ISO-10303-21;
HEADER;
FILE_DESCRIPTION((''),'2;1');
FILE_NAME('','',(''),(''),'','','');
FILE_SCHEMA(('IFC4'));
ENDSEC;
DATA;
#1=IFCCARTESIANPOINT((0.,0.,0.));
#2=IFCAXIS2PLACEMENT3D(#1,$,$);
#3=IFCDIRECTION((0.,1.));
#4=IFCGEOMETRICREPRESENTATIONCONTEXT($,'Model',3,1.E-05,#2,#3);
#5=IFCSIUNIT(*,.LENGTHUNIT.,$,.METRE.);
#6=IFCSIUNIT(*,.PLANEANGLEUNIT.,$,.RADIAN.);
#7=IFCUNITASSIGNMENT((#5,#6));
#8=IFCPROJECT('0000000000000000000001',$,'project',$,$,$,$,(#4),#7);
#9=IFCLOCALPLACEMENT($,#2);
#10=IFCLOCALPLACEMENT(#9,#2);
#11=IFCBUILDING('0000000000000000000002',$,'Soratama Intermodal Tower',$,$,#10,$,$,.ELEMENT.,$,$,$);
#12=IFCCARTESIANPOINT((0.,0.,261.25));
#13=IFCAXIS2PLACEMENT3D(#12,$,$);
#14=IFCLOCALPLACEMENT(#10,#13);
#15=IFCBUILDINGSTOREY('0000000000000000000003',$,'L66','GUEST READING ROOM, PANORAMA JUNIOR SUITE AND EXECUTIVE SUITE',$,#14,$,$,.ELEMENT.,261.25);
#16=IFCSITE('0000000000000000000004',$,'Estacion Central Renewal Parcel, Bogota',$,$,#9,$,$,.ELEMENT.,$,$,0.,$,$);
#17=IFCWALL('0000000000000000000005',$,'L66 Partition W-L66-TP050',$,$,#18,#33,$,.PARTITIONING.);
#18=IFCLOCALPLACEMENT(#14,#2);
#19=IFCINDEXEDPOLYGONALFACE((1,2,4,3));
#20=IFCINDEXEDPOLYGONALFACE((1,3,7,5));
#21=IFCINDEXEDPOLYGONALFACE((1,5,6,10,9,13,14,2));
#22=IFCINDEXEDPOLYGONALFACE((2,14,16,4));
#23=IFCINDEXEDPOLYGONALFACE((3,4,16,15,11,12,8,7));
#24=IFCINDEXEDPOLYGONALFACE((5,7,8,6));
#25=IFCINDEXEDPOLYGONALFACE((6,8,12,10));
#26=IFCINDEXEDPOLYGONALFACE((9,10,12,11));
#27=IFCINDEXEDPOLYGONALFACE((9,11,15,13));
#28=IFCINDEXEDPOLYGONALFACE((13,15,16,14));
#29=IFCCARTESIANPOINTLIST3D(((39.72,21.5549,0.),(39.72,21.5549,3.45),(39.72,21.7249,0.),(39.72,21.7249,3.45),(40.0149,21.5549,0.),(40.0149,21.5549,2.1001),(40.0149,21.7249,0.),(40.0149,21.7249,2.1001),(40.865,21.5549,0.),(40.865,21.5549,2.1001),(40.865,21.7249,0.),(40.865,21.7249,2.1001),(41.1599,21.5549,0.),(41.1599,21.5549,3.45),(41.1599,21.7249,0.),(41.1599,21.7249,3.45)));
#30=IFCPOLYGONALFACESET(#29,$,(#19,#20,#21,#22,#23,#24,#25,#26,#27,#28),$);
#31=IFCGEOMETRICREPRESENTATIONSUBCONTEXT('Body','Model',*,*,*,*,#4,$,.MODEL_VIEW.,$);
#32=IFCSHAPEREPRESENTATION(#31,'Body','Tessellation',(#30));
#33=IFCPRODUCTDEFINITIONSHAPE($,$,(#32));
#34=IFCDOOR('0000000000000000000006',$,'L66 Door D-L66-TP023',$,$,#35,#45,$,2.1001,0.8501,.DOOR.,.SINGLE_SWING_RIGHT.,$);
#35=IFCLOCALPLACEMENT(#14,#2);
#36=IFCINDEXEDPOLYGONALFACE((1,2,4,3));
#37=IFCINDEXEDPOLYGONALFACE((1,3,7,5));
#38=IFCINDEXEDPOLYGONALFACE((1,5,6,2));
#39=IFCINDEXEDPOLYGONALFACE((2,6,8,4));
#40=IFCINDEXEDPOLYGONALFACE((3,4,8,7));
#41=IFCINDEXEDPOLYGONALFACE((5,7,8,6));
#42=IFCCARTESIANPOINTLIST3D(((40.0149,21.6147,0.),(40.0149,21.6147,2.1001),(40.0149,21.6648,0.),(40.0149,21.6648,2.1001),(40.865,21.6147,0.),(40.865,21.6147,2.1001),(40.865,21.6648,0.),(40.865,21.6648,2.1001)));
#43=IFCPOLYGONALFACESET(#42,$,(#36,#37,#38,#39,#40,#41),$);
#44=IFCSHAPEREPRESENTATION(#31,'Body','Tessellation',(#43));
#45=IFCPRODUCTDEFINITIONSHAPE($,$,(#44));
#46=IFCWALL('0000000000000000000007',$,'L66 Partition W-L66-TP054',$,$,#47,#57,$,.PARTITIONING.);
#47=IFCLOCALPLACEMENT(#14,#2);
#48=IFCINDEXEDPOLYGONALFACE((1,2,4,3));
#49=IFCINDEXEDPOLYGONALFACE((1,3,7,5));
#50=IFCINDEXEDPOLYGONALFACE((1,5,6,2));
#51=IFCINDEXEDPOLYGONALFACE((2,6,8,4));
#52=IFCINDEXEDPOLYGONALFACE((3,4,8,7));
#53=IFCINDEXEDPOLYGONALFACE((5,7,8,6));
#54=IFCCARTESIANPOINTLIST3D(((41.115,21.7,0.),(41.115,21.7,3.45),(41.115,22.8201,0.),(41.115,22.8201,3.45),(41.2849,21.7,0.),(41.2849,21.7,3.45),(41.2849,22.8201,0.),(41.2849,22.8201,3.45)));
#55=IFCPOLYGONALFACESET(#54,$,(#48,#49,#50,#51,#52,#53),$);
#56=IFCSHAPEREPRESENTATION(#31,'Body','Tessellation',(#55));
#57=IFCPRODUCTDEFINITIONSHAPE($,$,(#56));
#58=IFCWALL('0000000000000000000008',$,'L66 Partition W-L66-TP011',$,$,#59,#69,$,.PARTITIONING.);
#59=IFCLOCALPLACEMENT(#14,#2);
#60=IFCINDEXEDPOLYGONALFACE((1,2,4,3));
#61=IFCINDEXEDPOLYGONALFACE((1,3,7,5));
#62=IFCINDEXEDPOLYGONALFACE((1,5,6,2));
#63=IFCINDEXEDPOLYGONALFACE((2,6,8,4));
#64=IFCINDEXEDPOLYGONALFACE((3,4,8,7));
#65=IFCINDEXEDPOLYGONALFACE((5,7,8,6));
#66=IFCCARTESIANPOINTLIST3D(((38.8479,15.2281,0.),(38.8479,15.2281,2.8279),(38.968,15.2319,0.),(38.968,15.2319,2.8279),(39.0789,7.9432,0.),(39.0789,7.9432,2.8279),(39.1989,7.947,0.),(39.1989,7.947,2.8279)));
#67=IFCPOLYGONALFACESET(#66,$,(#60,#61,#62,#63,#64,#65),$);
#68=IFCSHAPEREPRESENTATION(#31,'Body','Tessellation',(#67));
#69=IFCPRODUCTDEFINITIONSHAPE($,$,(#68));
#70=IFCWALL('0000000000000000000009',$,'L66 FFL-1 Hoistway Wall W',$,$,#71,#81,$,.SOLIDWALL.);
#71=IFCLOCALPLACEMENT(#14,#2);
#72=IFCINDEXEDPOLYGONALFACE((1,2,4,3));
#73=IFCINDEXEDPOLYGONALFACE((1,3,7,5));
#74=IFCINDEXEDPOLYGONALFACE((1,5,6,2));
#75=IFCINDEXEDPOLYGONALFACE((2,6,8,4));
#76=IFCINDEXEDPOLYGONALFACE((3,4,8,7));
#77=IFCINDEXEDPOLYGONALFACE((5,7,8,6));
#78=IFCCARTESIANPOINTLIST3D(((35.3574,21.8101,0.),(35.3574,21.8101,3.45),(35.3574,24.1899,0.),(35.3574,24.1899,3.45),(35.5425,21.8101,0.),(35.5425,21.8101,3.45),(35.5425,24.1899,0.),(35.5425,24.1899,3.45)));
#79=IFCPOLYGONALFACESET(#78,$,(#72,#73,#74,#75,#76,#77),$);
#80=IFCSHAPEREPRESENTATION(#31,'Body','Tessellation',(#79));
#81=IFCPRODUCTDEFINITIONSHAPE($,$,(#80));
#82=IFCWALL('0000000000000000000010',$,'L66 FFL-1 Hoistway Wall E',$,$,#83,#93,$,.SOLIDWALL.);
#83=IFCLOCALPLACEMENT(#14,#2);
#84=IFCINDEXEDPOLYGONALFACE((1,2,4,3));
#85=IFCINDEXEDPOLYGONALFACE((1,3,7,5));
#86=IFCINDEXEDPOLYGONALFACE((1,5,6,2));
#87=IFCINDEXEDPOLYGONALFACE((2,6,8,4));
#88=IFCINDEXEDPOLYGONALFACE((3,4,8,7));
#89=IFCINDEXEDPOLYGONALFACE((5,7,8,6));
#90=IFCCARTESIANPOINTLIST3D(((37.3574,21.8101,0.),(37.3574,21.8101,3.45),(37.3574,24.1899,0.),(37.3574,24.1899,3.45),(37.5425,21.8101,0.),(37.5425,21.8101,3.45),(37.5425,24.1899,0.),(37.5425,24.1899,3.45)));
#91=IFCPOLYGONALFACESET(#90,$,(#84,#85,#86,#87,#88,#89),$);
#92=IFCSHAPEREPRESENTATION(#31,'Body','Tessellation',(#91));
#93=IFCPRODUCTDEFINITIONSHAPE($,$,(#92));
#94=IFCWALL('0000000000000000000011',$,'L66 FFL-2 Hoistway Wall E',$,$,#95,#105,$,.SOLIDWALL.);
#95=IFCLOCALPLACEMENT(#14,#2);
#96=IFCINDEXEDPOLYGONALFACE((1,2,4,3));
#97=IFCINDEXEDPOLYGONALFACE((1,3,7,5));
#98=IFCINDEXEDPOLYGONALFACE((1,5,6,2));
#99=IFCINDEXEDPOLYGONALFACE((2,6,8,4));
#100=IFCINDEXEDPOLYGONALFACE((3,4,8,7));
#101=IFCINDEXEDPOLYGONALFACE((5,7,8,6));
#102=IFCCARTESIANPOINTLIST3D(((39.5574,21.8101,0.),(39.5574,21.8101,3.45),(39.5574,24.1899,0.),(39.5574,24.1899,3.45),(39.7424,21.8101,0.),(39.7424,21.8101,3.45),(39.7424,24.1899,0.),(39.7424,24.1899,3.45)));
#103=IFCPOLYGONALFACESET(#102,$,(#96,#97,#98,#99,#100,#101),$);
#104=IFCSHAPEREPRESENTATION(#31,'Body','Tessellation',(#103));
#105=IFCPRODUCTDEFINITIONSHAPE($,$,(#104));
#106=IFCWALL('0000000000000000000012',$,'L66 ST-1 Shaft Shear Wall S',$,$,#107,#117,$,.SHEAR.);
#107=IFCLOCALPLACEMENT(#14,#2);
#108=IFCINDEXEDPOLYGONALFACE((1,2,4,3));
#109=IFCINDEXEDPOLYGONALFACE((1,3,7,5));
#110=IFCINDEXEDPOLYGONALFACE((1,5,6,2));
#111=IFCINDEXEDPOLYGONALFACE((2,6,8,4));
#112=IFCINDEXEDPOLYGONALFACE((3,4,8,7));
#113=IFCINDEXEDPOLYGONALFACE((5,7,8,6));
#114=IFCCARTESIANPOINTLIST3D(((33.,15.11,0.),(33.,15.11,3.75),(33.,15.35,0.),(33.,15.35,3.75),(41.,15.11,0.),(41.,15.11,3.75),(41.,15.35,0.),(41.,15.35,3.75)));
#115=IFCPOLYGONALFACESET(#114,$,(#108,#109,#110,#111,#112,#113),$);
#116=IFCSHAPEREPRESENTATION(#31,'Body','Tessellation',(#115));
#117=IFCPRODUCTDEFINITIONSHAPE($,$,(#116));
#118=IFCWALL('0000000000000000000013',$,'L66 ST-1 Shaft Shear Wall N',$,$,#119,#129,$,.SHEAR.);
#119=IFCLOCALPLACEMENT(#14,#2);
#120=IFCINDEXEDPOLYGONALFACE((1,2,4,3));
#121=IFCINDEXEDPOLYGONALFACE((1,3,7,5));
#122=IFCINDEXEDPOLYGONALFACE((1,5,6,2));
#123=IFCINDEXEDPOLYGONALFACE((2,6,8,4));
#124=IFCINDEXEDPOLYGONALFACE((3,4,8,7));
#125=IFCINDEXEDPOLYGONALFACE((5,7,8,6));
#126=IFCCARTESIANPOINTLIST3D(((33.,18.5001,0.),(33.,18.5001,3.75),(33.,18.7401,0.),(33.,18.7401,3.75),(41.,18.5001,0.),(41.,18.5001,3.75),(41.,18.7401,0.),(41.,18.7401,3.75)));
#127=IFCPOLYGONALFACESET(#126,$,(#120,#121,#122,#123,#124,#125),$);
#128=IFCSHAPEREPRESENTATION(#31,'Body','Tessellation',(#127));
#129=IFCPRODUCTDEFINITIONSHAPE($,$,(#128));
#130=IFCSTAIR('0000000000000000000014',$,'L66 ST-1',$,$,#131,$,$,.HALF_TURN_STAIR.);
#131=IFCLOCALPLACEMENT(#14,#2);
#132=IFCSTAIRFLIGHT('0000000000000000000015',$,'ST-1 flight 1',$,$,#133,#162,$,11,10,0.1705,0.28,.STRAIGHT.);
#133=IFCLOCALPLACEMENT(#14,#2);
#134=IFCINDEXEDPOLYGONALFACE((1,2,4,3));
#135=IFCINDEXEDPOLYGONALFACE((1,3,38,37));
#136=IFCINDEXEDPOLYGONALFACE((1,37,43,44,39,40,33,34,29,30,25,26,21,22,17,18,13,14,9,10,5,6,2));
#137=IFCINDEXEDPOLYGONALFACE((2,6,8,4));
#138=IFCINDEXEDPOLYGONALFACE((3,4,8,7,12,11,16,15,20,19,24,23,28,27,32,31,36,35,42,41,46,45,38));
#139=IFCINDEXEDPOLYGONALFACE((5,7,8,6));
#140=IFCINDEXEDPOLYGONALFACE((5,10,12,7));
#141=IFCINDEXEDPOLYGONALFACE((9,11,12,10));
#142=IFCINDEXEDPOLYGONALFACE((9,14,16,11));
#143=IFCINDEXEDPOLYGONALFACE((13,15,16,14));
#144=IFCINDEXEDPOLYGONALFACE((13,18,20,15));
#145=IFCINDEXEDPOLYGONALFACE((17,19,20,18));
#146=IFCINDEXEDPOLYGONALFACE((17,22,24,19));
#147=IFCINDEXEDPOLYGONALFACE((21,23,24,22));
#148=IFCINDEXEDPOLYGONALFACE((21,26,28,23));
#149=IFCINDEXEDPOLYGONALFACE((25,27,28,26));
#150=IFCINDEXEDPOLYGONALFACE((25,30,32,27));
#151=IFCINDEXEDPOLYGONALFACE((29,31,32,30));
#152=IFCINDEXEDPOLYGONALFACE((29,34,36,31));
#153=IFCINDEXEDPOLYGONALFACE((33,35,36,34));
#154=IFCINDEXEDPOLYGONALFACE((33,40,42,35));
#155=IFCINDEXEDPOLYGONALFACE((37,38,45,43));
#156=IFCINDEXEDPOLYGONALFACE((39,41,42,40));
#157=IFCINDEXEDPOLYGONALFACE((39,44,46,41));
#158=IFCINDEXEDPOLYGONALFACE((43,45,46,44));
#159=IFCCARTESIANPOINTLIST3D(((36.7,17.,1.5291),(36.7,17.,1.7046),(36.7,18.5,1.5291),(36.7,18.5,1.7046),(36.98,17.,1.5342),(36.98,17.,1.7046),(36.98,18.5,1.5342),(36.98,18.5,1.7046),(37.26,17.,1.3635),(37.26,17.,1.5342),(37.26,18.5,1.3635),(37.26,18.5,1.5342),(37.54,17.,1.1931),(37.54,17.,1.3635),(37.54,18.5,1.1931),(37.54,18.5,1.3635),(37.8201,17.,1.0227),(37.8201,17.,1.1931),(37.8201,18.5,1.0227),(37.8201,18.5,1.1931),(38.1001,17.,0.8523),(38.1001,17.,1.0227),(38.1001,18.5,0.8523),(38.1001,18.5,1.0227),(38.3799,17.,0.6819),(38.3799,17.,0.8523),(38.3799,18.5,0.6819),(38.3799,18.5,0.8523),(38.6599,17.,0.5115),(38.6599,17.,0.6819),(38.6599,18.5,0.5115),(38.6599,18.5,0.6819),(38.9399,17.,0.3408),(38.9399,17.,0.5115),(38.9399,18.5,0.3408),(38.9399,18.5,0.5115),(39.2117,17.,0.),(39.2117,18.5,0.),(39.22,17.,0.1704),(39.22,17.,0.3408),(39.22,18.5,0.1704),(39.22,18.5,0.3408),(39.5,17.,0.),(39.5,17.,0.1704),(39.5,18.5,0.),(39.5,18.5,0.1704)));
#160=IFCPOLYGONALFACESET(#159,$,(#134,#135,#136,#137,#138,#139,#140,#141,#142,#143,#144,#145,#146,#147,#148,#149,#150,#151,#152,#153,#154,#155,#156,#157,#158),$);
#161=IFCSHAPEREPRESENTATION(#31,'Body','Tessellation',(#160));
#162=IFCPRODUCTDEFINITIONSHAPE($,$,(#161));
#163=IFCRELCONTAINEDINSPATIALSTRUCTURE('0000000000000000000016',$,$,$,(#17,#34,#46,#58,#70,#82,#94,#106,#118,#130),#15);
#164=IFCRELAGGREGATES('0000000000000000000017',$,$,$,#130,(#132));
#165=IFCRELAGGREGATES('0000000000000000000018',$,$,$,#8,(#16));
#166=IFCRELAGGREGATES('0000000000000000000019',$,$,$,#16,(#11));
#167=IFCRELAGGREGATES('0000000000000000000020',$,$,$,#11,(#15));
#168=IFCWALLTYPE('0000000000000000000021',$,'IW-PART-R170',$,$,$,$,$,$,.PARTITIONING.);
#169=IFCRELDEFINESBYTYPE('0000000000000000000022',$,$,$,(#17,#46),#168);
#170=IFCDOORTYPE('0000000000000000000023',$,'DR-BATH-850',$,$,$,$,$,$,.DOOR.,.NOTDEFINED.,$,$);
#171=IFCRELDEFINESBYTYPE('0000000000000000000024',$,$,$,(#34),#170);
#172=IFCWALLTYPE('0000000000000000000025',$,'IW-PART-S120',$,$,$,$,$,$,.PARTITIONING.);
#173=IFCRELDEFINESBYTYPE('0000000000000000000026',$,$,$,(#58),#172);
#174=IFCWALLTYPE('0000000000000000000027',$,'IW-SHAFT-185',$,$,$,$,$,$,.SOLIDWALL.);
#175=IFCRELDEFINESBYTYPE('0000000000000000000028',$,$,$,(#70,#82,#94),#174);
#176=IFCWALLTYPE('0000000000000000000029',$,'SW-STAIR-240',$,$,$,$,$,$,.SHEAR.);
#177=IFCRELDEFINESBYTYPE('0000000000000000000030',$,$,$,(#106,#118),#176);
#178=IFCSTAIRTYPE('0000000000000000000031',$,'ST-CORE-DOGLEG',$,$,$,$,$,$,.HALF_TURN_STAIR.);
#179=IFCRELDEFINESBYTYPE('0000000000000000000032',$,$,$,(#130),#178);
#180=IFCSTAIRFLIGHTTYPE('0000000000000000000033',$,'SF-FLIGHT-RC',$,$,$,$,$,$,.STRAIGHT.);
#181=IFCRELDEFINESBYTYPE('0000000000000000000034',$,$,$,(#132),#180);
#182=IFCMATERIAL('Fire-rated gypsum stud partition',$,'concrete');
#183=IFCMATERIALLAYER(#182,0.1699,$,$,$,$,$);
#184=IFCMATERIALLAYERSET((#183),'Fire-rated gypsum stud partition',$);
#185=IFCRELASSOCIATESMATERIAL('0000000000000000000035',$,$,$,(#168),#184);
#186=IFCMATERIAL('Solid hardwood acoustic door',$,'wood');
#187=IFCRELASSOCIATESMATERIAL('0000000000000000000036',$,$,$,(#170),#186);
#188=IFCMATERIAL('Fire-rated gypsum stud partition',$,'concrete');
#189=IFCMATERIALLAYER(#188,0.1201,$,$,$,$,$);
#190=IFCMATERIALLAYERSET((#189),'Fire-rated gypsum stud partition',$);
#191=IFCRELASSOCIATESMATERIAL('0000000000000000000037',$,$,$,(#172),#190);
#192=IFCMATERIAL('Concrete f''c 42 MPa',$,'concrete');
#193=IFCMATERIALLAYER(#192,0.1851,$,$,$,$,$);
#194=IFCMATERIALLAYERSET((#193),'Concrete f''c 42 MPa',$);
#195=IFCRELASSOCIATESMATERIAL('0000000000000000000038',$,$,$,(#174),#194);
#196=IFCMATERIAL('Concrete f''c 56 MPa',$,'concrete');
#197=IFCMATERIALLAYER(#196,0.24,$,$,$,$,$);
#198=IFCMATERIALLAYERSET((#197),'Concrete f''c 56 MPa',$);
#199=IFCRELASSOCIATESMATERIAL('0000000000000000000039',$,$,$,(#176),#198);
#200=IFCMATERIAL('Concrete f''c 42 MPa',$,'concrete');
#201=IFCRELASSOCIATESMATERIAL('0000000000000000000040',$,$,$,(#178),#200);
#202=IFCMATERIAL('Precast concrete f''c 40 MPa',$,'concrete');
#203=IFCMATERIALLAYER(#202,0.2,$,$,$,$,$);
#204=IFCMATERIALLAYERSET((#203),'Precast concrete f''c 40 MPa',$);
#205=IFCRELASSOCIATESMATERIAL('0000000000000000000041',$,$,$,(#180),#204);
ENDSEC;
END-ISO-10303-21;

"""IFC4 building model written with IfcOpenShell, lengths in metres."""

from ifc_helpers import new_model, si_unit, direction, frame, frame_2d, origin, place, context, subcontext, project, spatial, polyline, rectangle, outline, extrude, material, layer, layer_set, type_object, element, fill, aggregate, save


model = new_model("IFC4")

# Units and contexts
model_context = context("Model", 3, precision=1e-05, world=origin(), true_north=direction((0.0, 1.0)))
body_context = subcontext(model_context, "Body", "Model", "MODEL_VIEW")
ifc_project = project(units=[si_unit("LENGTHUNIT", "METRE"), si_unit("PLANEANGLEUNIT", "RADIAN")], contexts=[model_context])

# Site, building, storey
site_placement = place(None, origin())
site = spatial("IfcSite", under=ifc_project, at=site_placement, Name="Estacion Central Renewal Parcel, Bogota", CompositionType="ELEMENT", RefElevation=0.0)
building_placement = place(site_placement, origin())
building = spatial("IfcBuilding", under=site, at=building_placement, Name="Soratama Intermodal Tower", CompositionType="ELEMENT")
storey_placement = place(building_placement, frame((0.0, 0.0, 261.25)))
storey = spatial("IfcBuildingStorey", under=building, at=storey_placement, Name="L66", Description="GUEST READING ROOM, PANORAMA JUNIOR SUITE AND EXECUTIVE SUITE", CompositionType="ELEMENT", Elevation=261.25)

# Wall, opening, door
ifc_material_1 = material(Name="Fire-rated gypsum stud partition", Category="concrete")
ifc_layer_1 = layer(ifc_material_1, 0.1699)
ifc_layer_set_1 = layer_set([ifc_layer_1], Name="Fire-rated gypsum stud partition")
wall_type_1 = type_object("IfcWallType", Name="IW-PART-R170", PredefinedType="PARTITIONING", material=ifc_layer_set_1)
wall_1_placement = place(storey_placement, frame((39.72, 21.6399, 0.0), z_axis=(0.0, 0.0, 1.0), x_axis=(1.0, 0.0, 0.0)))
wall_1 = element("IfcWall", 1, at=wall_1_placement, inside=storey, type_object=wall_type_1, Name="L66 Partition W-L66-TP050", PredefinedType="PARTITIONING", context=body_context, shape_type="SweptSolid", body=[
    extrude(rectangle(XDim=1.4399, YDim=0.1699, at=frame_2d((0.72, 0.0))), origin(), (0.0, 0.0, 1.0), 3.45),
])
opening_1_placement = place(wall_1_placement, frame((0.2949, 0.0, 0.0)))
opening_1 = element("IfcOpeningElement", 2, at=opening_1_placement, cuts=wall_1, PredefinedType="OPENING", context=body_context, shape_type="SweptSolid", body=[
    extrude(rectangle(XDim=0.8501, YDim=2.1001, at=frame_2d((0.425, 1.05))), frame((0.0, 0.095, 0.0), z_axis=(0.0, -1.0, 0.0), x_axis=(1.0, 0.0, 0.0)), (0.0, 0.0, 1.0), 0.1899),
])
ifc_material_2 = material(Name="Solid hardwood acoustic door", Category="wood")
door_type_1 = type_object("IfcDoorType", Name="DR-BATH-850", OperationType="NOTDEFINED", PredefinedType="DOOR", material=ifc_material_2)
door_1_placement = place(opening_1_placement, origin())
door_1 = element("IfcDoor", 3, at=door_1_placement, inside=storey, type_object=door_type_1, Name="L66 Door D-L66-TP023", OperationType="SINGLE_SWING_RIGHT", OverallHeight=2.1001, OverallWidth=0.8501, PredefinedType="DOOR", context=body_context, shape_type="SweptSolid", body=[
    extrude(rectangle(XDim=0.8501, YDim=2.1001, at=frame_2d((0.425, 1.05))), frame((0.0, 0.0249, 0.0), z_axis=(0.0, -1.0, 0.0), x_axis=(1.0, 0.0, 0.0)), (0.0, 0.0, 1.0), 0.05),
])
fill(opening_1, door_1)

# Walls
wall_2_placement = place(storey_placement, frame((41.2, 21.7, 0.0), z_axis=(0.0, 0.0, 1.0), x_axis=(0.0, 1.0, 0.0)))
element("IfcWall", 4, at=wall_2_placement, inside=storey, type_object=wall_type_1, Name="L66 Partition W-L66-TP054", PredefinedType="PARTITIONING", context=body_context, shape_type="SweptSolid", body=[
    extrude(rectangle(XDim=1.1201, YDim=0.1699, at=frame_2d((0.5601, 0.0))), origin(), (0.0, 0.0, 1.0), 3.45),
])
ifc_material_3 = material(Name="Fire-rated gypsum stud partition", Category="concrete")
ifc_layer_2 = layer(ifc_material_3, 0.1201)
ifc_layer_set_2 = layer_set([ifc_layer_2], Name="Fire-rated gypsum stud partition")
wall_type_2 = type_object("IfcWallType", Name="IW-PART-S120", PredefinedType="PARTITIONING", material=ifc_layer_set_2)
wall_3_placement = place(storey_placement, frame((38.908, 15.23, 0.0), z_axis=(0.0, 0.0, 1.0), x_axis=(0.031688, -0.999498, 0.0)))
element("IfcWall", 5, at=wall_3_placement, inside=storey, type_object=wall_type_2, Name="L66 Partition W-L66-TP011", PredefinedType="PARTITIONING", context=body_context, shape_type="SweptSolid", body=[
    extrude(rectangle(XDim=7.2886, YDim=0.1201, at=frame_2d((3.6443, 0.0))), origin(), (0.0, 0.0, 1.0), 2.8279),
])

# Shared definitions
ifc_material_4 = material(Name="Concrete f'c 42 MPa", Category="concrete")
ifc_layer_3 = layer(ifc_material_4, 0.1851)
ifc_layer_set_3 = layer_set([ifc_layer_3], Name="Concrete f'c 42 MPa")
wall_type_3 = type_object("IfcWallType", Name="IW-SHAFT-185", PredefinedType="SOLIDWALL", material=ifc_layer_set_3)

# Walls
for number, where, z_axis, x_axis, name in (
    (6, (35.45, 21.8101, 0.0), (0.0, 0.0, 1.0), (0.0, 1.0, 0.0), "L66 FFL-1 Hoistway Wall W"),
    (7, (37.45, 21.8101, 0.0), (0.0, 0.0, 1.0), (0.0, 1.0, 0.0), "L66 FFL-1 Hoistway Wall E"),
):
    element("IfcWall", number, at=place(storey_placement, frame(where, z_axis=z_axis, x_axis=x_axis)), inside=storey, type_object=wall_type_3, Name=name, PredefinedType="SOLIDWALL", context=body_context, shape_type="SweptSolid", body=[
        extrude(rectangle(XDim=2.3799, YDim=0.1851, at=frame_2d((1.1899, 0.0))), origin(), (0.0, 0.0, 1.0), 3.45),
    ])

# Wall
wall_4_placement = place(storey_placement, frame((39.6499, 21.8101, 0.0), z_axis=(0.0, 0.0, 1.0), x_axis=(0.0, 1.0, 0.0)))
element("IfcWall", 8, at=wall_4_placement, inside=storey, type_object=wall_type_3, Name="L66 FFL-2 Hoistway Wall E", PredefinedType="SOLIDWALL", context=body_context, shape_type="SweptSolid", body=[
    extrude(rectangle(XDim=2.3799, YDim=0.1851, at=frame_2d((1.1899, 0.0))), origin(), (0.0, 0.0, 1.0), 3.45),
])

# Walls
ifc_material_5 = material(Name="Concrete f'c 56 MPa", Category="concrete")
ifc_layer_4 = layer(ifc_material_5, 0.24)
ifc_layer_set_4 = layer_set([ifc_layer_4], Name="Concrete f'c 56 MPa")
wall_type_4 = type_object("IfcWallType", Name="SW-STAIR-240", PredefinedType="SHEAR", material=ifc_layer_set_4)
for number, where, z_axis, x_axis, name in (
    (9, (33.0, 15.23, 0.0), (0.0, 0.0, 1.0), (1.0, 0.0, 0.0), "L66 ST-1 Shaft Shear Wall S"),
    (10, (33.0, 18.6201, 0.0), (0.0, 0.0, 1.0), (1.0, 0.0, 0.0), "L66 ST-1 Shaft Shear Wall N"),
):
    element("IfcWall", number, at=place(storey_placement, frame(where, z_axis=z_axis, x_axis=x_axis)), inside=storey, type_object=wall_type_4, Name=name, PredefinedType="SHEAR", context=body_context, shape_type="SweptSolid", body=[
        extrude(rectangle(XDim=8.0, YDim=0.24, at=frame_2d((4.0, 0.0))), origin(), (0.0, 0.0, 1.0), 3.75),
    ])

# Stair, stair flight
ifc_material_6 = material(Name="Concrete f'c 42 MPa", Category="concrete")
stair_type = type_object("IfcStairType", Name="ST-CORE-DOGLEG", PredefinedType="HALF_TURN_STAIR", material=ifc_material_6)
stair_placement = place(storey_placement, origin())
stair = element("IfcStair", 11, at=stair_placement, inside=storey, type_object=stair_type, Name="L66 ST-1", PredefinedType="HALF_TURN_STAIR")
ifc_material_7 = material(Name="Precast concrete f'c 40 MPa", Category="concrete")
ifc_layer_5 = layer(ifc_material_7, 0.2)
ifc_layer_set_5 = layer_set([ifc_layer_5], Name="Precast concrete f'c 40 MPa")
stair_flight_type = type_object("IfcStairFlightType", Name="SF-FLIGHT-RC", PredefinedType="STRAIGHT", material=ifc_layer_set_5)
stair_flight_1_placement = place(storey_placement, frame((39.5, 17.75, 0.0), z_axis=(0.0, 0.0, 1.0), x_axis=(-1.0, 0.0, 0.0)))
stair_flight_1 = element("IfcStairFlight", 12, at=stair_flight_1_placement, type_object=stair_flight_type, Name="ST-1 flight 1", NumberOfRisers=11, NumberOfTreads=10, PredefinedType="STRAIGHT", RiserHeight=0.1705, TreadLength=0.28, context=body_context, shape_type="SweptSolid", body=[
    extrude(outline(polyline([(0.0, 0.0), (0.0, 0.1704), (0.28, 0.1704), (0.28, 0.3408), (0.5601, 0.3408), (0.5601, 0.5115), (0.8401, 0.5115), (0.8401, 0.6819), (1.1201, 0.6819), (1.1201, 0.8523), (1.3999, 0.8523), (1.3999, 1.0227), (1.6799, 1.0227), (1.6799, 1.1931), (1.96, 1.1931), (1.96, 1.3635), (2.24, 1.3635), (2.24, 1.5342), (2.52, 1.5342), (2.52, 1.7046), (2.8, 1.7046), (2.8, 1.875), (2.8, 1.5291), (0.2883, 0.0), (0.0, 0.0)])), frame((0.0, 0.75, 0.0), z_axis=(0.0, -1.0, 0.0), x_axis=(1.0, 0.0, 0.0)), (0.0, 0.0, 1.0), 1.5),
])
aggregate(stair, [stair_flight_1])

save(model, "model.ifc")
